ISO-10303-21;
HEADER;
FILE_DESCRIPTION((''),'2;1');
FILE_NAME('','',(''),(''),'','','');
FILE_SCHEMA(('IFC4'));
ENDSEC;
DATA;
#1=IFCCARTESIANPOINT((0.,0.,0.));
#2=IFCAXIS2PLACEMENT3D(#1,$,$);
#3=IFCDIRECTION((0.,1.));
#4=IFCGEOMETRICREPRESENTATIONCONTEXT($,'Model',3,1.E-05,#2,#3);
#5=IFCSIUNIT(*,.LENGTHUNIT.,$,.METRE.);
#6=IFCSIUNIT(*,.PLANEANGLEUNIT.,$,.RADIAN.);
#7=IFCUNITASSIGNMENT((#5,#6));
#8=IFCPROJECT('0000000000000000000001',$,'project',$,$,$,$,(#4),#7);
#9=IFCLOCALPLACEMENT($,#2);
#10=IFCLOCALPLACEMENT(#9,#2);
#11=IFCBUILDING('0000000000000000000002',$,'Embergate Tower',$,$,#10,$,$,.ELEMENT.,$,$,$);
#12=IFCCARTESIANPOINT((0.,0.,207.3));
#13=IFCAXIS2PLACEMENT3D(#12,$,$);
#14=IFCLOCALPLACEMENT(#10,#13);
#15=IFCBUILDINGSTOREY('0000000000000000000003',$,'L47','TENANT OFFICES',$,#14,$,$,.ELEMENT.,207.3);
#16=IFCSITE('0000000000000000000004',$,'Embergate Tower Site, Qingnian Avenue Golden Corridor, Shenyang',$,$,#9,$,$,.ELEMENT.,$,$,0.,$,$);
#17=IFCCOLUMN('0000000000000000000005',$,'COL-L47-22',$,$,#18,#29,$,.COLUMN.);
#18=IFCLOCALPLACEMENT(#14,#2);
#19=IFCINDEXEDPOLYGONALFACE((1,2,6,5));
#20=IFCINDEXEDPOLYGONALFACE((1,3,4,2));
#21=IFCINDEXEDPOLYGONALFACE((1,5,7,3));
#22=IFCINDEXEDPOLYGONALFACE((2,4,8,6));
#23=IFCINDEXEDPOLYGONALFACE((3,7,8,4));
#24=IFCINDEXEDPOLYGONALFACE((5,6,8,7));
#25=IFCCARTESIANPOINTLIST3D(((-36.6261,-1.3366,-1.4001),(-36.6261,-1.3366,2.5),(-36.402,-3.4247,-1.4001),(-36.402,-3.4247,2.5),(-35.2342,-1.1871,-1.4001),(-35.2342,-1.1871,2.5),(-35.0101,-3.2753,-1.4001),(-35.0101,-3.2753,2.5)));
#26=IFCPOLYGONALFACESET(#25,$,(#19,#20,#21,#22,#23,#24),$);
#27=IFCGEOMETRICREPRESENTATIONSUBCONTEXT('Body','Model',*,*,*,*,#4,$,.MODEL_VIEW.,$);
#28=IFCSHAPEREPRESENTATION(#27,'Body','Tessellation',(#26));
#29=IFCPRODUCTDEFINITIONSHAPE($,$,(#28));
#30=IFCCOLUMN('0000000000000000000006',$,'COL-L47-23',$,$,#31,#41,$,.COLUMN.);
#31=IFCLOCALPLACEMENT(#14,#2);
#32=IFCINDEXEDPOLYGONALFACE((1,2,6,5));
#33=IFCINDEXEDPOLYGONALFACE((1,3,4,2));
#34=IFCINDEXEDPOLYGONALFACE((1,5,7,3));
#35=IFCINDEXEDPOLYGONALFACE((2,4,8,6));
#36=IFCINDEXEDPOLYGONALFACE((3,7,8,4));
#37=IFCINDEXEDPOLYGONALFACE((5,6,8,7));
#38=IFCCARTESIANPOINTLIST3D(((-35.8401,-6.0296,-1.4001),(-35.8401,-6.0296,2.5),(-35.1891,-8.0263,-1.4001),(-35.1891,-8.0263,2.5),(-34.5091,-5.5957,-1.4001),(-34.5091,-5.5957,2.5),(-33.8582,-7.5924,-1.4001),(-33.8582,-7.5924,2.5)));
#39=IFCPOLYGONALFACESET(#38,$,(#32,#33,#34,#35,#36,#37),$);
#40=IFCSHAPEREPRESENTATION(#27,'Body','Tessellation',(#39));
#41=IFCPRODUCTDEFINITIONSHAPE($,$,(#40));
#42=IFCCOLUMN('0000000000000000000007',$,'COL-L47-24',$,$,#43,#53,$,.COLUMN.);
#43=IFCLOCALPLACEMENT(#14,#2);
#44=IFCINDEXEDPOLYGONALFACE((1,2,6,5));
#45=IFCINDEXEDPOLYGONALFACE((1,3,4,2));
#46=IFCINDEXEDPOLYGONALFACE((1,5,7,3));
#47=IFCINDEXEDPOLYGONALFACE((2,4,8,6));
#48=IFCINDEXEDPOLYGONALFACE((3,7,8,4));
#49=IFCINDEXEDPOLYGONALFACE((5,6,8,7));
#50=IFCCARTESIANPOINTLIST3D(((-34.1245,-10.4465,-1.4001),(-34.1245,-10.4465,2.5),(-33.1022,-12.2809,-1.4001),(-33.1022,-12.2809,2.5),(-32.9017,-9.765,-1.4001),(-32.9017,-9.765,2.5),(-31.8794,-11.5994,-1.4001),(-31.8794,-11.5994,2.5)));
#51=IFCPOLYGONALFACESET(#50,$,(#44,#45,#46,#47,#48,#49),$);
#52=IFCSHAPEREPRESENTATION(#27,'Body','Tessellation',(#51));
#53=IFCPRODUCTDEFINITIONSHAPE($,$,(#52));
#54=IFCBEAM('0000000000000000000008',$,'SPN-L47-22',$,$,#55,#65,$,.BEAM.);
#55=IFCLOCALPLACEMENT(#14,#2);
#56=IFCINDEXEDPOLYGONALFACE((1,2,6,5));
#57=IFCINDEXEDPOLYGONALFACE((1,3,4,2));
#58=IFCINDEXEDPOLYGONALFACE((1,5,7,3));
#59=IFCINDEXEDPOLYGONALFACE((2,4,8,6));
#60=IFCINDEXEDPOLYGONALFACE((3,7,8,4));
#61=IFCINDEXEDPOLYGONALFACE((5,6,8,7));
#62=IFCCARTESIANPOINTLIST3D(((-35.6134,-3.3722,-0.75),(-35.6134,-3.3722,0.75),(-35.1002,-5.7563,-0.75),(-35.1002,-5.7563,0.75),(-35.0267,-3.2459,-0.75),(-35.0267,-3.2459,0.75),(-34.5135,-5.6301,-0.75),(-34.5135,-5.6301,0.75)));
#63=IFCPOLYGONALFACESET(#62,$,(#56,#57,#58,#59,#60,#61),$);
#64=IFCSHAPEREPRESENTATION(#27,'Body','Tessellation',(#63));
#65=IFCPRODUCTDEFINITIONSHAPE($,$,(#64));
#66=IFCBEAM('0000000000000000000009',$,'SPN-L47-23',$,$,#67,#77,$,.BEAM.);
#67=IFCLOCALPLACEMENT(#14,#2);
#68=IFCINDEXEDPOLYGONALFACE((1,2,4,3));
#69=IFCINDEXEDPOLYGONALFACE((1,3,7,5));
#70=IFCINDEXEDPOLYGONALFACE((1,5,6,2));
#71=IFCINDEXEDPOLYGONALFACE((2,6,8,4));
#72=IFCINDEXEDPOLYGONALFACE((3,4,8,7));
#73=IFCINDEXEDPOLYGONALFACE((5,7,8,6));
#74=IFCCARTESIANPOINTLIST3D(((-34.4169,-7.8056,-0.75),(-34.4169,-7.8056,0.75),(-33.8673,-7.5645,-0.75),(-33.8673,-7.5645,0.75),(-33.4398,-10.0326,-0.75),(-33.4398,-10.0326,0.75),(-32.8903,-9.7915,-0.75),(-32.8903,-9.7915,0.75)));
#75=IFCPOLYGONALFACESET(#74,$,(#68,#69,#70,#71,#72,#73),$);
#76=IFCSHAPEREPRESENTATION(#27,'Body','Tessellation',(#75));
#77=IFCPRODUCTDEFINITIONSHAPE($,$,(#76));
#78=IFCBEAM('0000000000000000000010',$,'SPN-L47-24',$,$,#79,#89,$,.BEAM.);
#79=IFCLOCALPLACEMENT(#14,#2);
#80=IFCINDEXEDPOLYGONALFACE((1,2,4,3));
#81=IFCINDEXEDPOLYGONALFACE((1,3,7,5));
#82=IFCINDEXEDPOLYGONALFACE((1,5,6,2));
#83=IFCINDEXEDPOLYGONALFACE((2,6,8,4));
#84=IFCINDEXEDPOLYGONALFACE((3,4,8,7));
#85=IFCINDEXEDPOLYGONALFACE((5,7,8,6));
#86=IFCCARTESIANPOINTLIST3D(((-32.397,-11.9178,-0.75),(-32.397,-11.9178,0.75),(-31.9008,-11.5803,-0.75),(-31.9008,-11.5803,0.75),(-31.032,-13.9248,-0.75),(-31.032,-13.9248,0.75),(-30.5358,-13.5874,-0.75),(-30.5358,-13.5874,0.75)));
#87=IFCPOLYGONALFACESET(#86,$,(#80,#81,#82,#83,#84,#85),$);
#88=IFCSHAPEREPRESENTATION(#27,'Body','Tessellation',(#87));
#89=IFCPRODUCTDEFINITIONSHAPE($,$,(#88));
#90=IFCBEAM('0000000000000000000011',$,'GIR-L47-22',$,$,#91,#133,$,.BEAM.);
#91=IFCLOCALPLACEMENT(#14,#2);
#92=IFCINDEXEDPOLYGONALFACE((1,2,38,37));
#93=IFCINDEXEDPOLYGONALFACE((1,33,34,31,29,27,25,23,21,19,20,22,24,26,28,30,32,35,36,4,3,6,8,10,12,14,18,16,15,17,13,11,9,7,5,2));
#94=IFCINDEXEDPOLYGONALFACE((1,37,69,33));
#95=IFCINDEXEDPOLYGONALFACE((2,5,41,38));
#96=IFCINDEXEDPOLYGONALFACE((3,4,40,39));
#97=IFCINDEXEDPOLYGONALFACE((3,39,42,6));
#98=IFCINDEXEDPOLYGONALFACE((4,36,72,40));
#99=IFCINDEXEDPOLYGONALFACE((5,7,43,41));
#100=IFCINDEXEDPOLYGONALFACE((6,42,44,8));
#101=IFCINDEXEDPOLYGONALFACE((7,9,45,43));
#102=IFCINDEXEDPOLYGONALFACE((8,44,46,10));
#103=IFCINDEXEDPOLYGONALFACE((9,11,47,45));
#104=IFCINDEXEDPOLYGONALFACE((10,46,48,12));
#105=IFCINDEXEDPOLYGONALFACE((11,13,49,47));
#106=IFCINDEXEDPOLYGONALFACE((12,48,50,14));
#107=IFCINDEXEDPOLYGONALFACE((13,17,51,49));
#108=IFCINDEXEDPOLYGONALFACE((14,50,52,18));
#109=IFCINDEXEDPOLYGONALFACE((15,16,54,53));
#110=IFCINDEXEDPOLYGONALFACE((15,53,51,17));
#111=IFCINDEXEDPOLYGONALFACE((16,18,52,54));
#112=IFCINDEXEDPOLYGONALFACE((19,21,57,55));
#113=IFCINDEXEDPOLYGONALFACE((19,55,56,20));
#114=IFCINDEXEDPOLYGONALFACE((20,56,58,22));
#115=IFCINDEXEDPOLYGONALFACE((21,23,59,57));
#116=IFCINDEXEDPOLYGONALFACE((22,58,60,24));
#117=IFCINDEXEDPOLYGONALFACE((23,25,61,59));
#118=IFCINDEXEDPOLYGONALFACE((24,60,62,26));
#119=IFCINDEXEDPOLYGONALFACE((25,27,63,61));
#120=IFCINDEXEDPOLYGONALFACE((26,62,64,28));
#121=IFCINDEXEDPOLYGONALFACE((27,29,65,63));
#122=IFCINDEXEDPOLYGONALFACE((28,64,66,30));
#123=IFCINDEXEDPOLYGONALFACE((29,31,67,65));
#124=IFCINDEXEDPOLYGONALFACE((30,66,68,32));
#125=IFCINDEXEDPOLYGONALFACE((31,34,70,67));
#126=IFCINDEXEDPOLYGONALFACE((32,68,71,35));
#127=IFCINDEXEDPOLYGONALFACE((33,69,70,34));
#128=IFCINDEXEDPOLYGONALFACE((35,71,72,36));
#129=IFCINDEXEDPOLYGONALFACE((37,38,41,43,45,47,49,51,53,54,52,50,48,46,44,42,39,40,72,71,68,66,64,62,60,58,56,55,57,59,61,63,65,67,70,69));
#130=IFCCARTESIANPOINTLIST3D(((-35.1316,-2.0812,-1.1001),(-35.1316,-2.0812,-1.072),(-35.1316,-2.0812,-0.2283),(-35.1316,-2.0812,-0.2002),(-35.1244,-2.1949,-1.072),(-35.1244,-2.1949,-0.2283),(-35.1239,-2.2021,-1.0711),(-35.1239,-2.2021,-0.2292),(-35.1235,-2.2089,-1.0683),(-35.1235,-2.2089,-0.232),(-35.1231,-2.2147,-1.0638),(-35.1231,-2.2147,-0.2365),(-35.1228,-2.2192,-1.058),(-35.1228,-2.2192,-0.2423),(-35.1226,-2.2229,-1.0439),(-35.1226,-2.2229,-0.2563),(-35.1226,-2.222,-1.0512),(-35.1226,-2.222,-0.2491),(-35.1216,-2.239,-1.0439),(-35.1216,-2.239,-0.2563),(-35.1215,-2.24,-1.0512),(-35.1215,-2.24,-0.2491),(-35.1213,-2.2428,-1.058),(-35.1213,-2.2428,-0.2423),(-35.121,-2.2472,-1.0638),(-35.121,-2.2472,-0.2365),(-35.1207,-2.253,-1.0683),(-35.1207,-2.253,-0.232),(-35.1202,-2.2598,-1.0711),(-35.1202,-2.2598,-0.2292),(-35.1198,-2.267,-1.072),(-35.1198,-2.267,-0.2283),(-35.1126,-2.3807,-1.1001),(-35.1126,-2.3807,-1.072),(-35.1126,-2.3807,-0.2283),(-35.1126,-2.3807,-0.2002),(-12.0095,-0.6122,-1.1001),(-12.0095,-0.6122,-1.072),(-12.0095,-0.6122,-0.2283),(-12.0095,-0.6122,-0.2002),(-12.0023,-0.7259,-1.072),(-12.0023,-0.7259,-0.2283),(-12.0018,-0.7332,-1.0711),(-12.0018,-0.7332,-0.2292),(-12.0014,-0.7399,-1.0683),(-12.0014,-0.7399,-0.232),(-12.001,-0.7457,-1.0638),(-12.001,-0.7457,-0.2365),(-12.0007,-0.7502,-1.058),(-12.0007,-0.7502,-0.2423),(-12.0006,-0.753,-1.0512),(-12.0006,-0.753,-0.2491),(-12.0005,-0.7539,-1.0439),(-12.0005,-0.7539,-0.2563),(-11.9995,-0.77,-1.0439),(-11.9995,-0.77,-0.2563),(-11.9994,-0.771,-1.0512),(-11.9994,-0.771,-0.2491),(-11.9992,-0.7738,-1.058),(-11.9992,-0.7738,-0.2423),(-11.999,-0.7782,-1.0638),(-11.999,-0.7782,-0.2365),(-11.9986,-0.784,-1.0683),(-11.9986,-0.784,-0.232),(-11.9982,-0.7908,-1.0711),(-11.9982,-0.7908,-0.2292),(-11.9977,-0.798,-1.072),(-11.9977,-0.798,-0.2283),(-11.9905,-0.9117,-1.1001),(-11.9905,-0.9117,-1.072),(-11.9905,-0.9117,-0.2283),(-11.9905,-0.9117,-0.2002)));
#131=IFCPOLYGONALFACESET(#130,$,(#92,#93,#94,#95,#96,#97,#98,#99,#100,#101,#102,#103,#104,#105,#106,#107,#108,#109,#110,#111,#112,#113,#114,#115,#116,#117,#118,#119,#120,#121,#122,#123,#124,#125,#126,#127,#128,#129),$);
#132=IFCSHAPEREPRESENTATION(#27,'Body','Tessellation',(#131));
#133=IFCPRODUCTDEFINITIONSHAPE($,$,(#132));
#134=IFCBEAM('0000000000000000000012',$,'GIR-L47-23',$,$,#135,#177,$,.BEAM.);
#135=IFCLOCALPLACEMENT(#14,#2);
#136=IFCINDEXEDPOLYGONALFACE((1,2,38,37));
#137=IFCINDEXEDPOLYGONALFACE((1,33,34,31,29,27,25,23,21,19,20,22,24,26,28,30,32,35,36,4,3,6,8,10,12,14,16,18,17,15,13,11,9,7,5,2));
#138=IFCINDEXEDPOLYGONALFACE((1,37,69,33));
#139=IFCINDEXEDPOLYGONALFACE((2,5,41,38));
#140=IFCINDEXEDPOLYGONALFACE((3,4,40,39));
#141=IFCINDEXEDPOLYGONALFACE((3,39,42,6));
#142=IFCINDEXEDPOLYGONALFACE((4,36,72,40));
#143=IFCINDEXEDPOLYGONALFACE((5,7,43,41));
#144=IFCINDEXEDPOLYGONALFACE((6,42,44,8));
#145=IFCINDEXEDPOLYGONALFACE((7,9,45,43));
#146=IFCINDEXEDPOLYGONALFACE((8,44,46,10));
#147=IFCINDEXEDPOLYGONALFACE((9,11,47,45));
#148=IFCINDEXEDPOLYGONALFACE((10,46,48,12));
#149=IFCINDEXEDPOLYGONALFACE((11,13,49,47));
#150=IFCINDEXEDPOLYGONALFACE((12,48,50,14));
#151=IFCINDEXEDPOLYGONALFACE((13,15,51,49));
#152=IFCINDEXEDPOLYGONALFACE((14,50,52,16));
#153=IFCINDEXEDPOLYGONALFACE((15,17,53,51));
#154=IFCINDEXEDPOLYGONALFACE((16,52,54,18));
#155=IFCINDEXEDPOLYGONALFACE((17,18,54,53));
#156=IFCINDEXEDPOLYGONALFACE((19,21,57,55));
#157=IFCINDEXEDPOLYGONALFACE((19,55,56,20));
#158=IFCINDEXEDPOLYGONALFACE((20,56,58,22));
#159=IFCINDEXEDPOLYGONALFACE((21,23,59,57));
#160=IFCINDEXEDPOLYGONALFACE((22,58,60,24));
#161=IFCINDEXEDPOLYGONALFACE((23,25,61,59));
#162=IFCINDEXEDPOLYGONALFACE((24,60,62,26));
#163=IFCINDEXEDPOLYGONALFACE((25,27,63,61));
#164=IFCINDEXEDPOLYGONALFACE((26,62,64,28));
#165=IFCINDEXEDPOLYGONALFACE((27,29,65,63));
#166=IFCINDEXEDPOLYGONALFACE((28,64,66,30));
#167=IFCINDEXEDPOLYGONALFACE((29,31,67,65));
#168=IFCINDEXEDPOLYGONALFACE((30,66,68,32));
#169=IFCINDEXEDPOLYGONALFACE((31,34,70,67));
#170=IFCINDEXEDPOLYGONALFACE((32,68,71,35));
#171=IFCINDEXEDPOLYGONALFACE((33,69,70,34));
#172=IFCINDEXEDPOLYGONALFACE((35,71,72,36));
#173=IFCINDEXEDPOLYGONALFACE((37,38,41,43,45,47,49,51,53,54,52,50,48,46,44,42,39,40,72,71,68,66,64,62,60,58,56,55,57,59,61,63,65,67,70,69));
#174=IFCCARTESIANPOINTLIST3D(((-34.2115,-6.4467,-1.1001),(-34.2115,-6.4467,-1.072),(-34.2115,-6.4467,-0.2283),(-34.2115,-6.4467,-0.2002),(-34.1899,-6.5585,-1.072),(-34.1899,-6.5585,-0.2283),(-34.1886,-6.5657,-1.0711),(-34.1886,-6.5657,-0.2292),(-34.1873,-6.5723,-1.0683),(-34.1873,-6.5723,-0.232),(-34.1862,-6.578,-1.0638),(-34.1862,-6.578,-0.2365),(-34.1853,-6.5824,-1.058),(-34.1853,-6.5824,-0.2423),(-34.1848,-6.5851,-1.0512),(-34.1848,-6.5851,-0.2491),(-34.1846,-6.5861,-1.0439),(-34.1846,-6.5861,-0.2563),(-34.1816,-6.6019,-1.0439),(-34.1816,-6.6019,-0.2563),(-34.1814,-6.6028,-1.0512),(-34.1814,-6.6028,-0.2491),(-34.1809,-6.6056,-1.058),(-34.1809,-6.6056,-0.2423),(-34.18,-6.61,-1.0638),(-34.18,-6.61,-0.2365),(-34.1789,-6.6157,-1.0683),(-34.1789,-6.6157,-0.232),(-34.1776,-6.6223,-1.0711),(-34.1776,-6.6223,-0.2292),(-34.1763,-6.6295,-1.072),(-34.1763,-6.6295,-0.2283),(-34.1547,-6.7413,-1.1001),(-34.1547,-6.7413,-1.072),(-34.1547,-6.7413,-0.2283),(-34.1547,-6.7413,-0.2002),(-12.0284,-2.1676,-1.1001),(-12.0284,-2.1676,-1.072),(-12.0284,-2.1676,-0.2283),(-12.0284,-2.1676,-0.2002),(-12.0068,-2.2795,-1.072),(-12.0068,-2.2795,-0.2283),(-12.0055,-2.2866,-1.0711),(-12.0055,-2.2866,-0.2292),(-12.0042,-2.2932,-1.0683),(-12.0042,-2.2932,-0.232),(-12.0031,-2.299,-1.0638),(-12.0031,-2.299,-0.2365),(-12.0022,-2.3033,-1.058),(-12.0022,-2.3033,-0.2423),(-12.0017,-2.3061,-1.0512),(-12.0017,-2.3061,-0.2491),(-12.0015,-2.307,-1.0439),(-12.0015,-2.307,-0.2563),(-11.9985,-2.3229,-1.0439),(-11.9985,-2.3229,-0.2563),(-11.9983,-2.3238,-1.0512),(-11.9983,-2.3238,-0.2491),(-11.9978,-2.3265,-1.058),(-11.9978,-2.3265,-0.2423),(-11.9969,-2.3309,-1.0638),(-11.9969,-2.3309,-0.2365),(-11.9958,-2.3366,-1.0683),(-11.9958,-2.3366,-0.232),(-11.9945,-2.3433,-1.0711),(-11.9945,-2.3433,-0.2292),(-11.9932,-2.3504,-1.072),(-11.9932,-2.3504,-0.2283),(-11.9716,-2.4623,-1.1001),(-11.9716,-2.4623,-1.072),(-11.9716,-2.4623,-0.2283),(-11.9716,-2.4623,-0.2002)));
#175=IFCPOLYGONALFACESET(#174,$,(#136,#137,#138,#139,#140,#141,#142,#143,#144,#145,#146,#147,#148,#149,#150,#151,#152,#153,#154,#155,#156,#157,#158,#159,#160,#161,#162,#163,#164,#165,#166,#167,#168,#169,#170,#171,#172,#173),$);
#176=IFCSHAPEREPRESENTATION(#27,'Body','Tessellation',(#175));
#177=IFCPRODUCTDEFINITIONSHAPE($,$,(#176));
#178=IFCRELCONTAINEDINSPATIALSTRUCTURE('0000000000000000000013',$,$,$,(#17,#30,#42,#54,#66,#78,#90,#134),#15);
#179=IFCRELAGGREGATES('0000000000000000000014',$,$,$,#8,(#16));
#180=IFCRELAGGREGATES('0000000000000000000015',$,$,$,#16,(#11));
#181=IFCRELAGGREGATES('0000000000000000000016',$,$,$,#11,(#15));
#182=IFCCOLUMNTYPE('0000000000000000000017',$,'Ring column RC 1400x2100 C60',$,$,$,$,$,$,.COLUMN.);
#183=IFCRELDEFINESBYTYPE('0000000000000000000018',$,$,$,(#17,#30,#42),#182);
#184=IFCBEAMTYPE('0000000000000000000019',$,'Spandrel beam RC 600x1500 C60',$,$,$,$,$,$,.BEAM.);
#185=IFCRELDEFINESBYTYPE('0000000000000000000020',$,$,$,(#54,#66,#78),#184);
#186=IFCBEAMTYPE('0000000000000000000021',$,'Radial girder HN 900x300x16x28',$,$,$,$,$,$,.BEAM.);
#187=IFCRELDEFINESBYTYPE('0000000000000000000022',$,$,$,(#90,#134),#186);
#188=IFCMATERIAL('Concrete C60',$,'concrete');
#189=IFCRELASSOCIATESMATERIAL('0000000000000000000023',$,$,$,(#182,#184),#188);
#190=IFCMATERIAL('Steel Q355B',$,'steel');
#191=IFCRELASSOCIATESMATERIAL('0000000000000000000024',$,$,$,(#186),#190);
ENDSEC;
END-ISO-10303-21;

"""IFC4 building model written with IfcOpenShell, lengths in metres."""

from ifc_helpers import new_model, si_unit, direction, frame, origin, origin_2d, place, context, subcontext, project, spatial, rectangle, i_section, extrude, source, transform, mapped, material, material_profile, profile_set, type_object, element, save


model = new_model("IFC4")

# Units and contexts
model_context = context("Model", 3, precision=1e-05, world=origin(), true_north=direction((0.0, 1.0)))
body_context = subcontext(model_context, "Body", "Model", "MODEL_VIEW")
ifc_project = project(units=[si_unit("LENGTHUNIT", "METRE"), si_unit("PLANEANGLEUNIT", "RADIAN")], contexts=[model_context])

# Site, building, storey
site_placement = place(None, origin())
site = spatial("IfcSite", under=ifc_project, at=site_placement, Name="Embergate Tower Site, Qingnian Avenue Golden Corridor, Shenyang", CompositionType="ELEMENT", RefElevation=0.0)
building_placement = place(site_placement, origin())
building = spatial("IfcBuilding", under=site, at=building_placement, Name="Embergate Tower", CompositionType="ELEMENT")
storey_placement = place(building_placement, frame((0.0, 0.0, 207.3)))
storey = spatial("IfcBuildingStorey", under=building, at=storey_placement, Name="L47", Description="TENANT OFFICES", CompositionType="ELEMENT", Elevation=207.3)

# Columns
ifc_material_1 = material(Name="Concrete C60", Category="concrete")
ifc_material_profile_1 = material_profile(ifc_material_1, rectangle(XDim=1.3999, YDim=2.1001, at=origin_2d()), Name="RC 1400x2100")
ifc_profile_set_1 = profile_set([ifc_material_profile_1], Name="Concrete C60")
column_type = type_object("IfcColumnType", Name="Ring column RC 1400x2100 C60", PredefinedType="COLUMN", material=ifc_profile_set_1)
shared_shape_1 = source(origin(), body_context, "Body", "SweptSolid", [
    extrude(rectangle(XDim=1.3999, YDim=2.1001, at=origin_2d()), origin(), (0.0, 0.0, 1.0), 3.9001),
])
for number, where, z_axis, x_axis, name in (
    (1, (-35.8181, -2.3059, -1.4001), (0.0, 0.0, 1.0), (-0.994288, -0.106733, 0.0), "COL-L47-22"),
    (2, (-34.8491, -6.811, -1.4001), (0.0, 0.0, 1.0), (-0.950754, -0.309946, 0.0), "COL-L47-23"),
    (3, (-33.002, -11.0229, -1.4001), (0.0, 0.0, 1.0), (-0.8735, -0.486823, 0.0), "COL-L47-24"),
):
    element("IfcColumn", number, at=place(storey_placement, frame(where, z_axis=z_axis, x_axis=x_axis)), inside=storey, type_object=column_type, Name=name, PredefinedType="COLUMN", context=body_context, shape_type="MappedRepresentation", body=[
        mapped(shared_shape_1, transform((0.0, 0.0, 0.0))),
    ])

# Beams
ifc_material_profile_2 = material_profile(ifc_material_1, rectangle(XDim=0.6001, YDim=1.5, at=origin_2d()), Name="RC 600x1500")
ifc_profile_set_2 = profile_set([ifc_material_profile_2], Name="Concrete C60")
beam_type_1 = type_object("IfcBeamType", Name="Spandrel beam RC 600x1500 C60", PredefinedType="BEAM", material=ifc_profile_set_2)
shared_shape_2 = source(origin(), body_context, "Body", "SweptSolid", [
    extrude(rectangle(XDim=0.6001, YDim=1.5, at=origin_2d()), origin(), (0.0, 0.0, 1.0), 2.4387),
])
beam_1_placement = place(storey_placement, frame((-35.3201, -3.3091, 0.0), z_axis=(0.210438, -0.977607, 0.0), x_axis=(0.977607, 0.210438, 0.0)))
element("IfcBeam", 4, at=beam_1_placement, inside=storey, type_object=beam_type_1, Name="SPN-L47-22", PredefinedType="BEAM", context=body_context, shape_type="MappedRepresentation", body=[
    mapped(shared_shape_2, transform((0.0, 0.0, 0.0))),
])
shared_shape_3 = source(origin(), body_context, "Body", "SweptSolid", [
    extrude(rectangle(XDim=0.6001, YDim=1.5, at=origin_2d()), origin(), (0.0, 0.0, 1.0), 2.4319),
])
beam_2_placement = place(storey_placement, frame((-34.1421, -7.6851, 0.0), z_axis=(0.401756, -0.915747, 0.0), x_axis=(0.915747, 0.401756, 0.0)))
element("IfcBeam", 5, at=beam_2_placement, inside=storey, type_object=beam_type_1, Name="SPN-L47-23", PredefinedType="BEAM", context=body_context, shape_type="MappedRepresentation", body=[
    mapped(shared_shape_3, transform((0.0, 0.0, 0.0))),
])
shared_shape_4 = source(origin(), body_context, "Body", "SweptSolid", [
    extrude(rectangle(XDim=0.6001, YDim=1.5, at=origin_2d()), origin(), (0.0, 0.0, 1.0), 2.4272),
])
beam_3_placement = place(storey_placement, frame((-32.1489, -11.749, 0.0), z_axis=(0.56236, -0.826893, 0.0), x_axis=(0.826893, 0.56236, 0.0)))
element("IfcBeam", 6, at=beam_3_placement, inside=storey, type_object=beam_type_1, Name="SPN-L47-24", PredefinedType="BEAM", context=body_context, shape_type="MappedRepresentation", body=[
    mapped(shared_shape_4, transform((0.0, 0.0, 0.0))),
])
ifc_material_2 = material(Name="Steel Q355B", Category="steel")
ifc_material_profile_3 = material_profile(ifc_material_2, i_section(OverallWidth=0.3, OverallDepth=0.8999, WebThickness=0.0161, FlangeThickness=0.0281, FilletRadius=0.0281, at=origin_2d()), Name="HN 900x300x16x28")
ifc_profile_set_3 = profile_set([ifc_material_profile_3], Name="Steel Q355 grade B")
beam_type_2 = type_object("IfcBeamType", Name="Radial girder HN 900x300x16x28", PredefinedType="BEAM", material=ifc_profile_set_3)
shared_shape_5 = source(origin(), body_context, "Body", "SweptSolid", [
    extrude(i_section(OverallWidth=0.3, OverallDepth=0.8999, WebThickness=0.0161, FlangeThickness=0.0281, FilletRadius=0.0281, at=origin_2d()), origin(), (0.0, 0.0, 1.0), 23.1687),
])
beam_4_placement = place(storey_placement, frame((-35.1221, -2.231, -0.6501), z_axis=(0.997988, 0.063404, 0.0), x_axis=(-0.063404, 0.997988, 0.0)))
element("IfcBeam", 7, at=beam_4_placement, inside=storey, type_object=beam_type_2, Name="GIR-L47-22", PredefinedType="BEAM", context=body_context, shape_type="MappedRepresentation", body=[
    mapped(shared_shape_5, transform((0.0, 0.0, 0.0))),
])
shared_shape_6 = source(origin(), body_context, "Body", "SweptSolid", [
    extrude(i_section(OverallWidth=0.3, OverallDepth=0.8999, WebThickness=0.0161, FlangeThickness=0.0281, FilletRadius=0.0281, at=origin_2d()), origin(), (0.0, 0.0, 1.0), 22.592),
])
beam_5_placement = place(storey_placement, frame((-34.1831, -6.594, -0.6501), z_axis=(0.981899, 0.189405, 0.0), x_axis=(-0.189405, 0.981899, 0.0)))
element("IfcBeam", 8, at=beam_5_placement, inside=storey, type_object=beam_type_2, Name="GIR-L47-23", PredefinedType="BEAM", context=body_context, shape_type="MappedRepresentation", body=[
    mapped(shared_shape_6, transform((0.0, 0.0, 0.0))),
])

save(model, "model.ifc")
